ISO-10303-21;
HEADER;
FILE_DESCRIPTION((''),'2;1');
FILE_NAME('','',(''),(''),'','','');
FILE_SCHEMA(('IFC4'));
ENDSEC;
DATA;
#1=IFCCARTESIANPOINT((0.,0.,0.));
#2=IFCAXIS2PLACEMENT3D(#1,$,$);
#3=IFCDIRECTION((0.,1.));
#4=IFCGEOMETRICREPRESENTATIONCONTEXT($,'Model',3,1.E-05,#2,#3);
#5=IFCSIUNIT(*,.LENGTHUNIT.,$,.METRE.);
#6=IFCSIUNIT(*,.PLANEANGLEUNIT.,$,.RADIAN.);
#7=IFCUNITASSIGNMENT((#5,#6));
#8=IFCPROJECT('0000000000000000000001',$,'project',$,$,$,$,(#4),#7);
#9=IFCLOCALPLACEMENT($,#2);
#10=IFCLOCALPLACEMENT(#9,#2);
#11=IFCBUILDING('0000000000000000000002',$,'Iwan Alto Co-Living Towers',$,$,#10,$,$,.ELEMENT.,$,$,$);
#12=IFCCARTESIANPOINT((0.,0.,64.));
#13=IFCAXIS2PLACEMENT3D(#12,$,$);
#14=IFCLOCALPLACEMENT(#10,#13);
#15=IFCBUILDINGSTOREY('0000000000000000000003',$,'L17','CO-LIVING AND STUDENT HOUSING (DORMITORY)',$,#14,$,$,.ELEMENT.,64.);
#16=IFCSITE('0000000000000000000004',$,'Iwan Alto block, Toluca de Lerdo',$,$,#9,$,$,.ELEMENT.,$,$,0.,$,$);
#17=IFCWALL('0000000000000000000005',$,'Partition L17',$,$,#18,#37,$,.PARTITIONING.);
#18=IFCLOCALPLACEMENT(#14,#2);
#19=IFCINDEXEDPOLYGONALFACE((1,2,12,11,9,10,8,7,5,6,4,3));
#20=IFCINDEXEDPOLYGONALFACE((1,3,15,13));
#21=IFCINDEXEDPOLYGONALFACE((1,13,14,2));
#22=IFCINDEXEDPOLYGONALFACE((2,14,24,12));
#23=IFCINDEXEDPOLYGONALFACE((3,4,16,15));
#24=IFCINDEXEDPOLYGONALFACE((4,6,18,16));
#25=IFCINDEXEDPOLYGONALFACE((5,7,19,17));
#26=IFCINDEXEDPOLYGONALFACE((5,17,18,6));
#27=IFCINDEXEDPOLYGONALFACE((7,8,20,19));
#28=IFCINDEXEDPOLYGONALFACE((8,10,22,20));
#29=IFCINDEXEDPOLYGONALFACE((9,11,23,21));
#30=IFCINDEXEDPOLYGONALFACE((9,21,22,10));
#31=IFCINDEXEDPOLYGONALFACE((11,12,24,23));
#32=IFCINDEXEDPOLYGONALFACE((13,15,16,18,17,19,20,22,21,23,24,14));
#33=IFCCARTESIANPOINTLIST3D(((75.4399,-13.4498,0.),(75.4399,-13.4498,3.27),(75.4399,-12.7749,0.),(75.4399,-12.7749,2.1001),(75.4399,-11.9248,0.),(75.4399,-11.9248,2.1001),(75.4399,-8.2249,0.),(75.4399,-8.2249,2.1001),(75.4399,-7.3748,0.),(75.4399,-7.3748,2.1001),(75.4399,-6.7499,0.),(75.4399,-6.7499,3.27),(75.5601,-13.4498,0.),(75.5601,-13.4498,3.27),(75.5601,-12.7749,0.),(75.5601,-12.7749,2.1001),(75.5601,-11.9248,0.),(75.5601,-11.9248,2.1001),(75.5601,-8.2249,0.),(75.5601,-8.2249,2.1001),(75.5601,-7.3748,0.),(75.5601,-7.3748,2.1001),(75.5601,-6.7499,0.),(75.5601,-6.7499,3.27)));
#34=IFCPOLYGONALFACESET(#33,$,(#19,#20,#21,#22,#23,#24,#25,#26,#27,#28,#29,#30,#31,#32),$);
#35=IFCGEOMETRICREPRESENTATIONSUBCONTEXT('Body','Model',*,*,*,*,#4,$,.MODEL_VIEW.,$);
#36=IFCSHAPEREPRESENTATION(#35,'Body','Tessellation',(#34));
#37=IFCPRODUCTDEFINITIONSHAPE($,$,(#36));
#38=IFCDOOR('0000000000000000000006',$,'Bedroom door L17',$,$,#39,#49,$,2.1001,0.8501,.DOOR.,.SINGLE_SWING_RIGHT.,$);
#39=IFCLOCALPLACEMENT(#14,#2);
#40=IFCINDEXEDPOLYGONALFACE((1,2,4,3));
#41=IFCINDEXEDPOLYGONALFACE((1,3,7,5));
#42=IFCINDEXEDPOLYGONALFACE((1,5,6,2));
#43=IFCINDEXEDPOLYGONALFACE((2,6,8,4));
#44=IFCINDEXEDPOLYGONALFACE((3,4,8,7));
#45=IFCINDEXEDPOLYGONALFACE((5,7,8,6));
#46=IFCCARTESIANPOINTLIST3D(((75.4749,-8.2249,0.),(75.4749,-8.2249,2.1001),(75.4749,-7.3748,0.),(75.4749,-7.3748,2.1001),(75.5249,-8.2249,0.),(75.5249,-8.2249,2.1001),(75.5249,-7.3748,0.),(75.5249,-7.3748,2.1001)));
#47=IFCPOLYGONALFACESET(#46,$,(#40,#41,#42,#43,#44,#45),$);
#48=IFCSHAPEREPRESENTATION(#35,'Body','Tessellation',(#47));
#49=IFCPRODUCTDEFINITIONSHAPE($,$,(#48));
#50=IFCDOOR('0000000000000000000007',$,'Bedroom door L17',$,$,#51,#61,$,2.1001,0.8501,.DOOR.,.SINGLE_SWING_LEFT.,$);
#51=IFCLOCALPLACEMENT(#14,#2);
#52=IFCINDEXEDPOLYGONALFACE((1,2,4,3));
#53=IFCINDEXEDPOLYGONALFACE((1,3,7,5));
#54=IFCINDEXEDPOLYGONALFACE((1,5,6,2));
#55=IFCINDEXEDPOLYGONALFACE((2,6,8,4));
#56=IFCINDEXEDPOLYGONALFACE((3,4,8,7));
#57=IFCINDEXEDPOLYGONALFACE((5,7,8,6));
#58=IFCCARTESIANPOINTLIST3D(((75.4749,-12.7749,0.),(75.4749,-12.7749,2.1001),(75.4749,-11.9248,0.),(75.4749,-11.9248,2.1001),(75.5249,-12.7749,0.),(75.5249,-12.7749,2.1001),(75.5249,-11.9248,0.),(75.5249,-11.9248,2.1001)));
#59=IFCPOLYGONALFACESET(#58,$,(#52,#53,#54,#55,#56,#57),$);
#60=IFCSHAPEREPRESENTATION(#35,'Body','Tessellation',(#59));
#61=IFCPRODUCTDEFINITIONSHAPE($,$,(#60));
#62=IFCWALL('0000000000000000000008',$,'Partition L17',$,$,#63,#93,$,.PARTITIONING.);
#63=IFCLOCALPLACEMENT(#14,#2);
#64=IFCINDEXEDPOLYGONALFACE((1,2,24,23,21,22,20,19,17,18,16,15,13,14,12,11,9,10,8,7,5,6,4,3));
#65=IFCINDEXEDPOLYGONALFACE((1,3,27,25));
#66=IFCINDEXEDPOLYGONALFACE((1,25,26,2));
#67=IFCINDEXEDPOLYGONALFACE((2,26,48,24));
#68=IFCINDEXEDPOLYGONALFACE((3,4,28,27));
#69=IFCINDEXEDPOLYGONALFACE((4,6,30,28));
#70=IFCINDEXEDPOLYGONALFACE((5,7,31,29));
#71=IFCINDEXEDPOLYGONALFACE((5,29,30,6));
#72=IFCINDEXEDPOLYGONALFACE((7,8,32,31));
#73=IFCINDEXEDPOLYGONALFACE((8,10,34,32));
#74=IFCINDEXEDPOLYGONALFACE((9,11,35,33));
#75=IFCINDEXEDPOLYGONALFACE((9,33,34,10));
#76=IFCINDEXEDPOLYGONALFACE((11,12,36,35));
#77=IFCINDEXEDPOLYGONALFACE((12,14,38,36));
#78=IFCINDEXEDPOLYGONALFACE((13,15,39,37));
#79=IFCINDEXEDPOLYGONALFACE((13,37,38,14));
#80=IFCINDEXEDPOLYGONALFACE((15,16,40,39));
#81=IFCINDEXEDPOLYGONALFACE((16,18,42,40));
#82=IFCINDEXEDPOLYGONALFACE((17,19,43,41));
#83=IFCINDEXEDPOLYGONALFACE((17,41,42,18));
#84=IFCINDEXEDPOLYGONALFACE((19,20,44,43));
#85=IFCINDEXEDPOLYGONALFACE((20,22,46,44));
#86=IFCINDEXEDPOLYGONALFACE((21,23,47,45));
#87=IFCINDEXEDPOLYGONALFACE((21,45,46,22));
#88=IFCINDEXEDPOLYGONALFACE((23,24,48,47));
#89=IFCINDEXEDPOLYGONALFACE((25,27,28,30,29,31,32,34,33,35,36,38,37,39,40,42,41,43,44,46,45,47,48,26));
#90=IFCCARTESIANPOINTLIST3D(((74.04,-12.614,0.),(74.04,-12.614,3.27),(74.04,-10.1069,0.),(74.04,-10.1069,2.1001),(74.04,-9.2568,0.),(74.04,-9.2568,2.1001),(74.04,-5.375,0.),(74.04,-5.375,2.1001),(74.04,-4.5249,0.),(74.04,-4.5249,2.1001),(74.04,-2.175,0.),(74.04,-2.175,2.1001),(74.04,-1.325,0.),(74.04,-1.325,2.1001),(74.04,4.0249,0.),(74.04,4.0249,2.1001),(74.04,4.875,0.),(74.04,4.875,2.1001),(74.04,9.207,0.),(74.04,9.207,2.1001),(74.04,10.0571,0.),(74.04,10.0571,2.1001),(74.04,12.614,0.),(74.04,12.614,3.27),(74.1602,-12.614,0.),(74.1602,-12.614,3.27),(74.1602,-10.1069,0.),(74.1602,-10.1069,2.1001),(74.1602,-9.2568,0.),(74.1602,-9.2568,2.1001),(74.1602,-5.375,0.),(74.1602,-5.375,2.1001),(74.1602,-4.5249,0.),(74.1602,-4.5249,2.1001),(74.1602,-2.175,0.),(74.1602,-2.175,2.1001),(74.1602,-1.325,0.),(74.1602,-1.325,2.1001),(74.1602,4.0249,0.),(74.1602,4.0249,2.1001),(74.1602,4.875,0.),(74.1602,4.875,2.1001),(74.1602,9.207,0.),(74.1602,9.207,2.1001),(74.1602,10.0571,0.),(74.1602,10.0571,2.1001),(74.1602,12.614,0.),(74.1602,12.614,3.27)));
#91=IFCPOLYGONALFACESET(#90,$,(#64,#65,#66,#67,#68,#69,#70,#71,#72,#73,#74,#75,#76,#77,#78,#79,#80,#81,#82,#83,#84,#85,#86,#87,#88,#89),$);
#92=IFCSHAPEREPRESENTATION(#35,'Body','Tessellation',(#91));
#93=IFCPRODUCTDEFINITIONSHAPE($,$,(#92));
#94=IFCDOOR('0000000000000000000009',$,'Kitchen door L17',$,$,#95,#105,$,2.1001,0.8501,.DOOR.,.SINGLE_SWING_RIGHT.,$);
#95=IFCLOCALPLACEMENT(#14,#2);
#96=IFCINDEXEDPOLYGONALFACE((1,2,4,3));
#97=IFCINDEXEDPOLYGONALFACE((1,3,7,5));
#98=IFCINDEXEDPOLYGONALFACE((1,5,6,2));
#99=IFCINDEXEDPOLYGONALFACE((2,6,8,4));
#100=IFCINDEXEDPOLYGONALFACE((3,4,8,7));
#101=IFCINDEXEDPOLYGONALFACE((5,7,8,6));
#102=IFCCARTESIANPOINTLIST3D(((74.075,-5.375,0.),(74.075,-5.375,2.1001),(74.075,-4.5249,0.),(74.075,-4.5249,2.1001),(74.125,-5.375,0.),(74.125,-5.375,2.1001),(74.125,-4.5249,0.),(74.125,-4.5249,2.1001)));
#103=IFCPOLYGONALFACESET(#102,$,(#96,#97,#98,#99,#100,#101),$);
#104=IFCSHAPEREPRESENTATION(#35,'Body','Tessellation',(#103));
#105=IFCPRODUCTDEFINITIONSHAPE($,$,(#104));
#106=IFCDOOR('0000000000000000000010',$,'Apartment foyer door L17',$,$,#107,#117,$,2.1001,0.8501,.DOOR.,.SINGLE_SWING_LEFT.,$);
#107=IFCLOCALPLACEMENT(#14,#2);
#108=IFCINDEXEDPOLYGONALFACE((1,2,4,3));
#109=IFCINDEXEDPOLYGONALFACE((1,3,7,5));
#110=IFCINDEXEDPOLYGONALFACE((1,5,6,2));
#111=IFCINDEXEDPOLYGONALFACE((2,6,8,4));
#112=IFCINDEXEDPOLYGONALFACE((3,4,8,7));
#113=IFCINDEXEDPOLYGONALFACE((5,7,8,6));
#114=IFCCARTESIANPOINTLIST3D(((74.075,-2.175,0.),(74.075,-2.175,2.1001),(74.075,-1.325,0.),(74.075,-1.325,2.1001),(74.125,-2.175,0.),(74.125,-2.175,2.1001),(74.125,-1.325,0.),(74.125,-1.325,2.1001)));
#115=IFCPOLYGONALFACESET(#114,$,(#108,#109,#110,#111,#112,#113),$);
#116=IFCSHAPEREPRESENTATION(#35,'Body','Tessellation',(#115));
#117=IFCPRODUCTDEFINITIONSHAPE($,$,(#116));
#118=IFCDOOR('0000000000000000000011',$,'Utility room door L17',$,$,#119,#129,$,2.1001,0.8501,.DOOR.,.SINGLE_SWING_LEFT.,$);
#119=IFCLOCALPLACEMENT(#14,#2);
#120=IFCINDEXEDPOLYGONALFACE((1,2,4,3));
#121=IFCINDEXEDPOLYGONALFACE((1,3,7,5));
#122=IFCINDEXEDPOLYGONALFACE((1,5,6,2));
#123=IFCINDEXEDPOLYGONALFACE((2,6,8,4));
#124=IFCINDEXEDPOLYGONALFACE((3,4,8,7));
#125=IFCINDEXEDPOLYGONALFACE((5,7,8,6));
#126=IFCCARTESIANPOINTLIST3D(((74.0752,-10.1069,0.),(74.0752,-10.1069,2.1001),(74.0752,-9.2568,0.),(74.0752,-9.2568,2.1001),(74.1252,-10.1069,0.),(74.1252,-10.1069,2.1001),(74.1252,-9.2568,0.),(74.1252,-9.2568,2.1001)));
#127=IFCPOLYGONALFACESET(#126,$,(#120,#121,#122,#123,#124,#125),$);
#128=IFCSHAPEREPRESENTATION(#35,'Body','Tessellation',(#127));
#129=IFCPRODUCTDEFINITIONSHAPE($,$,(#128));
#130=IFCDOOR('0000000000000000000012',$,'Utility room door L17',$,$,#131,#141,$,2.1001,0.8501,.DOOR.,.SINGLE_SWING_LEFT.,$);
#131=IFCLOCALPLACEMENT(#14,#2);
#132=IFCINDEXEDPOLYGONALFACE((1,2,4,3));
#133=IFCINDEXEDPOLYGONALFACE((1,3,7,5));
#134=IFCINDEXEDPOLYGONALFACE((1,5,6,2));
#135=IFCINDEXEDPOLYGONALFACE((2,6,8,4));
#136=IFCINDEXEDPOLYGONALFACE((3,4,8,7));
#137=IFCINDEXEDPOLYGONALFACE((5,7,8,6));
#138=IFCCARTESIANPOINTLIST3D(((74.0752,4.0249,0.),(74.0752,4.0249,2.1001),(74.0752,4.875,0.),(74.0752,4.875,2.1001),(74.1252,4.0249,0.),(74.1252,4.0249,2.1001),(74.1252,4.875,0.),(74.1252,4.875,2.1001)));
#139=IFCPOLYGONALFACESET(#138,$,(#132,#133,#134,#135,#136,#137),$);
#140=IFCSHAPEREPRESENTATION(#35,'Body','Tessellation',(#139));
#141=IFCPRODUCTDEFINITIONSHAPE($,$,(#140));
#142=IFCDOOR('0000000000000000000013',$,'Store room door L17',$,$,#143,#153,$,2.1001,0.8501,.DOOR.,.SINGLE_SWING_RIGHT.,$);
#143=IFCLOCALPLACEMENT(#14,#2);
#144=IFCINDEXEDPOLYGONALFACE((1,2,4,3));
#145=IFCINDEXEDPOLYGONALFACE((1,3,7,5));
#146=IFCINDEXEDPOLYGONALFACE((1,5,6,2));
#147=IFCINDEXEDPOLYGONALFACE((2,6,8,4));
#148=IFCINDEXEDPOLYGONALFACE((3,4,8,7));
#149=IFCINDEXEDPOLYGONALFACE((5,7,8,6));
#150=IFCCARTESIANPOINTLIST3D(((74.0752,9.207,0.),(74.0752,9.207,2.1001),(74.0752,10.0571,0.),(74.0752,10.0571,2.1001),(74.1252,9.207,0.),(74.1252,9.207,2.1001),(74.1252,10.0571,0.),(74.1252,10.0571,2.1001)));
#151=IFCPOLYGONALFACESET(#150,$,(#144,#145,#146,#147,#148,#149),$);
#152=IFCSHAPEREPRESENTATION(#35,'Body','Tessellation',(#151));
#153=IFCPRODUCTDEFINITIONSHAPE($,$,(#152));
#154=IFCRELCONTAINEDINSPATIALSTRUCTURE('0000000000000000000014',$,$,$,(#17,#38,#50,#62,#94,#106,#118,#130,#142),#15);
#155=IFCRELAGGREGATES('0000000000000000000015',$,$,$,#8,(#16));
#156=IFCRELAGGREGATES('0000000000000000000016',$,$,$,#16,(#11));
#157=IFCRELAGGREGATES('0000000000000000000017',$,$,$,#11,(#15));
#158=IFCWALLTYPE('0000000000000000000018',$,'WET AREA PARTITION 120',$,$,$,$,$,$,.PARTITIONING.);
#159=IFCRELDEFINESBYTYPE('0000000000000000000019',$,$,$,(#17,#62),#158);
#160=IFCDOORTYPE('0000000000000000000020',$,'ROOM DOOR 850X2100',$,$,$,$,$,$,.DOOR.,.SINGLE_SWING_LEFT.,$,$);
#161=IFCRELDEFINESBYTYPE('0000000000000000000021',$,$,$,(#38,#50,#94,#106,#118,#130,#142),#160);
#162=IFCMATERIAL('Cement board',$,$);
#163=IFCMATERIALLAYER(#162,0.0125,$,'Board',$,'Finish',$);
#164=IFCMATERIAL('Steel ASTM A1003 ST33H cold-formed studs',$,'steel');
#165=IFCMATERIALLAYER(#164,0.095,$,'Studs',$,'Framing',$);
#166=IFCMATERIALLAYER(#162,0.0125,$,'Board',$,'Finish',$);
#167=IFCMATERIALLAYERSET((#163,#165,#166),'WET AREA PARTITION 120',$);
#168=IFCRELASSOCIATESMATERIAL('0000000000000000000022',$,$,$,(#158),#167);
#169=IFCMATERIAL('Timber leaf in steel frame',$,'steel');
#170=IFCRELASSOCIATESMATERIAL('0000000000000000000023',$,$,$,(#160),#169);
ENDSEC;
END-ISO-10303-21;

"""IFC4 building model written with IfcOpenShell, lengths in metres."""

from ifc_helpers import new_model, si_unit, direction, frame, frame_2d, origin, place, context, subcontext, project, spatial, rectangle, extrude, material, layer, layer_set, type_object, element, fill, save


model = new_model("IFC4")

# Units and contexts
model_context = context("Model", 3, precision=1e-05, world=origin(), true_north=direction((0.0, 1.0)))
body_context = subcontext(model_context, "Body", "Model", "MODEL_VIEW")
ifc_project = project(units=[si_unit("LENGTHUNIT", "METRE"), si_unit("PLANEANGLEUNIT", "RADIAN")], contexts=[model_context])

# Site, building, storey
site_placement = place(None, origin())
site = spatial("IfcSite", under=ifc_project, at=site_placement, Name="Iwan Alto block, Toluca de Lerdo", CompositionType="ELEMENT", RefElevation=0.0)
building_placement = place(site_placement, origin())
building = spatial("IfcBuilding", under=site, at=building_placement, Name="Iwan Alto Co-Living Towers", CompositionType="ELEMENT")
storey_placement = place(building_placement, frame((0.0, 0.0, 64.0)))
storey = spatial("IfcBuildingStorey", under=building, at=storey_placement, Name="L17", Description="CO-LIVING AND STUDENT HOUSING (DORMITORY)", CompositionType="ELEMENT", Elevation=64.0)

# Shared definitions
ifc_material_1 = material(Name="Steel ASTM A1003 ST33H cold-formed studs", Category="steel")
ifc_material_2 = material(Name="Cement board")
ifc_layer_1 = layer(ifc_material_2, 0.0125, Name="Board", Category="Finish")
ifc_layer_2 = layer(ifc_material_1, 0.095, Name="Studs", Category="Framing")
ifc_layer_3 = layer(ifc_material_2, 0.0125, Name="Board", Category="Finish")
ifc_layer_set_1 = layer_set([ifc_layer_1, ifc_layer_2, ifc_layer_3], Name="WET AREA PARTITION 120")
wall_type_1 = type_object("IfcWallType", Name="WET AREA PARTITION 120", PredefinedType="PARTITIONING", material=ifc_layer_set_1)

# Walls, openings, doors
wall_1_placement = place(storey_placement, frame((75.5, -13.45, 0.0), z_axis=(0.0, 0.0, 1.0), x_axis=(0.0, 1.0, 0.0)))
wall_1 = element("IfcWall", 1, at=wall_1_placement, inside=storey, type_object=wall_type_1, Name="Partition L17", PredefinedType="PARTITIONING", context=body_context, shape_type="SweptSolid", body=[
    extrude(rectangle(XDim=6.7, YDim=0.1201, at=frame_2d((3.3501, 0.0))), origin(), (0.0, 0.0, 1.0), 3.27),
])
opening_1_placement = place(wall_1_placement, frame((5.2251, 0.0, 0.0)))
opening_1 = element("IfcOpeningElement", 2, at=opening_1_placement, cuts=wall_1, PredefinedType="OPENING", context=body_context, shape_type="SweptSolid", body=[
    extrude(rectangle(XDim=0.8501, YDim=2.1001, at=frame_2d((0.425, 1.05))), frame((0.0, 0.0701, 0.0), z_axis=(0.0, -1.0, 0.0), x_axis=(1.0, 0.0, 0.0)), (0.0, 0.0, 1.0), 0.1401),
])
opening_2_placement = place(wall_1_placement, frame((0.675, 0.0, 0.0)))
opening_2 = element("IfcOpeningElement", 3, at=opening_2_placement, cuts=wall_1, PredefinedType="OPENING", context=body_context, shape_type="SweptSolid", body=[
    extrude(rectangle(XDim=0.8501, YDim=2.1001, at=frame_2d((0.425, 1.05))), frame((0.0, 0.0701, 0.0), z_axis=(0.0, -1.0, 0.0), x_axis=(1.0, 0.0, 0.0)), (0.0, 0.0, 1.0), 0.1401),
])
ifc_material_3 = material(Name="Timber leaf in steel frame", Category="steel")
door_type = type_object("IfcDoorType", Name="ROOM DOOR 850X2100", OperationType="SINGLE_SWING_LEFT", PredefinedType="DOOR", material=ifc_material_3)
door_1_placement = place(opening_1_placement, frame((0.8501, 0.0, 0.0), z_axis=(0.0, 0.0, 1.0), x_axis=(-1.0, 0.0, 0.0)))
door_1 = element("IfcDoor", 4, at=door_1_placement, inside=storey, type_object=door_type, Name="Bedroom door L17", OperationType="SINGLE_SWING_RIGHT", OverallHeight=2.1001, OverallWidth=0.8501, PredefinedType="DOOR", context=body_context, shape_type="SweptSolid", body=[
    extrude(rectangle(XDim=0.8501, YDim=2.1001, at=frame_2d((0.425, 1.05))), frame((0.0, 0.0249, 0.0), z_axis=(0.0, -1.0, 0.0), x_axis=(1.0, 0.0, 0.0)), (0.0, 0.0, 1.0), 0.05),
])
fill(opening_1, door_1)
door_2_placement = place(opening_2_placement, frame((0.8501, 0.0, 0.0), z_axis=(0.0, 0.0, 1.0), x_axis=(-1.0, 0.0, 0.0)))
door_2 = element("IfcDoor", 5, at=door_2_placement, inside=storey, type_object=door_type, Name="Bedroom door L17", OperationType="SINGLE_SWING_LEFT", OverallHeight=2.1001, OverallWidth=0.8501, PredefinedType="DOOR", context=body_context, shape_type="SweptSolid", body=[
    extrude(rectangle(XDim=0.8501, YDim=2.1001, at=frame_2d((0.425, 1.05))), frame((0.0, 0.0249, 0.0), z_axis=(0.0, -1.0, 0.0), x_axis=(1.0, 0.0, 0.0)), (0.0, 0.0, 1.0), 0.05),
])
fill(opening_2, door_2)
wall_2_placement = place(storey_placement, frame((74.1001, -12.614, 0.0), z_axis=(0.0, 0.0, 1.0), x_axis=(0.0, 1.0, 0.0)))
wall_2 = element("IfcWall", 6, at=wall_2_placement, inside=storey, type_object=wall_type_1, Name="Partition L17", PredefinedType="PARTITIONING", context=body_context, shape_type="SweptSolid", body=[
    extrude(rectangle(XDim=25.228, YDim=0.1201, at=frame_2d((12.614, 0.0))), origin(), (0.0, 0.0, 1.0), 3.27),
])
opening_3_placement = place(wall_2_placement, frame((7.239, 0.0, 0.0)))
opening_3 = element("IfcOpeningElement", 7, at=opening_3_placement, cuts=wall_2, PredefinedType="OPENING", context=body_context, shape_type="SweptSolid", body=[
    extrude(rectangle(XDim=0.8501, YDim=2.1001, at=frame_2d((0.425, 1.05))), frame((0.0, 0.0701, 0.0), z_axis=(0.0, -1.0, 0.0), x_axis=(1.0, 0.0, 0.0)), (0.0, 0.0, 1.0), 0.1401),
])
opening_4_placement = place(wall_2_placement, frame((10.439, 0.0, 0.0)))
opening_4 = element("IfcOpeningElement", 8, at=opening_4_placement, cuts=wall_2, PredefinedType="OPENING", context=body_context, shape_type="SweptSolid", body=[
    extrude(rectangle(XDim=0.8501, YDim=2.1001, at=frame_2d((0.425, 1.05))), frame((0.0, 0.0701, 0.0), z_axis=(0.0, -1.0, 0.0), x_axis=(1.0, 0.0, 0.0)), (0.0, 0.0, 1.0), 0.1401),
])
opening_5_placement = place(wall_2_placement, frame((2.5071, 0.0, 0.0)))
opening_5 = element("IfcOpeningElement", 9, at=opening_5_placement, cuts=wall_2, PredefinedType="OPENING", context=body_context, shape_type="SweptSolid", body=[
    extrude(rectangle(XDim=0.8501, YDim=2.1001, at=frame_2d((0.425, 1.05))), frame((0.0, 0.0701, 0.0), z_axis=(0.0, -1.0, 0.0), x_axis=(1.0, 0.0, 0.0)), (0.0, 0.0, 1.0), 0.1401),
])
opening_6_placement = place(wall_2_placement, frame((16.6389, 0.0, 0.0)))
opening_6 = element("IfcOpeningElement", 10, at=opening_6_placement, cuts=wall_2, PredefinedType="OPENING", context=body_context, shape_type="SweptSolid", body=[
    extrude(rectangle(XDim=0.8501, YDim=2.1001, at=frame_2d((0.425, 1.05))), frame((0.0, 0.0701, 0.0), z_axis=(0.0, -1.0, 0.0), x_axis=(1.0, 0.0, 0.0)), (0.0, 0.0, 1.0), 0.1401),
])
opening_7_placement = place(wall_2_placement, frame((21.821, 0.0, 0.0)))
opening_7 = element("IfcOpeningElement", 11, at=opening_7_placement, cuts=wall_2, PredefinedType="OPENING", context=body_context, shape_type="SweptSolid", body=[
    extrude(rectangle(XDim=0.8501, YDim=2.1001, at=frame_2d((0.425, 1.05))), frame((0.0, 0.0701, 0.0), z_axis=(0.0, -1.0, 0.0), x_axis=(1.0, 0.0, 0.0)), (0.0, 0.0, 1.0), 0.1401),
])
door_3_placement = place(opening_3_placement, frame((0.8501, 0.0, 0.0), z_axis=(0.0, 0.0, 1.0), x_axis=(-1.0, 0.0, 0.0)))
door_3 = element("IfcDoor", 12, at=door_3_placement, inside=storey, type_object=door_type, Name="Kitchen door L17", OperationType="SINGLE_SWING_RIGHT", OverallHeight=2.1001, OverallWidth=0.8501, PredefinedType="DOOR", context=body_context, shape_type="SweptSolid", body=[
    extrude(rectangle(XDim=0.8501, YDim=2.1001, at=frame_2d((0.425, 1.05))), frame((0.0, 0.0249, 0.0), z_axis=(0.0, -1.0, 0.0), x_axis=(1.0, 0.0, 0.0)), (0.0, 0.0, 1.0), 0.05),
])
fill(opening_3, door_3)
door_4_placement = place(opening_4_placement, frame((0.8501, 0.0, 0.0), z_axis=(0.0, 0.0, 1.0), x_axis=(-1.0, 0.0, 0.0)))
door_4 = element("IfcDoor", 13, at=door_4_placement, inside=storey, type_object=door_type, Name="Apartment foyer door L17", OperationType="SINGLE_SWING_LEFT", OverallHeight=2.1001, OverallWidth=0.8501, PredefinedType="DOOR", context=body_context, shape_type="SweptSolid", body=[
    extrude(rectangle(XDim=0.8501, YDim=2.1001, at=frame_2d((0.425, 1.05))), frame((0.0, 0.0249, 0.0), z_axis=(0.0, -1.0, 0.0), x_axis=(1.0, 0.0, 0.0)), (0.0, 0.0, 1.0), 0.05),
])
fill(opening_4, door_4)
door_5_placement = place(opening_5_placement, origin())
door_5 = element("IfcDoor", 14, at=door_5_placement, inside=storey, type_object=door_type, Name="Utility room door L17", OperationType="SINGLE_SWING_LEFT", OverallHeight=2.1001, OverallWidth=0.8501, PredefinedType="DOOR", context=body_context, shape_type="SweptSolid", body=[
    extrude(rectangle(XDim=0.8501, YDim=2.1001, at=frame_2d((0.425, 1.05))), frame((0.0, 0.0249, 0.0), z_axis=(0.0, -1.0, 0.0), x_axis=(1.0, 0.0, 0.0)), (0.0, 0.0, 1.0), 0.05),
])
fill(opening_5, door_5)
door_6_placement = place(opening_6_placement, origin())
door_6 = element("IfcDoor", 15, at=door_6_placement, inside=storey, type_object=door_type, Name="Utility room door L17", OperationType="SINGLE_SWING_LEFT", OverallHeight=2.1001, OverallWidth=0.8501, PredefinedType="DOOR", context=body_context, shape_type="SweptSolid", body=[
    extrude(rectangle(XDim=0.8501, YDim=2.1001, at=frame_2d((0.425, 1.05))), frame((0.0, 0.0249, 0.0), z_axis=(0.0, -1.0, 0.0), x_axis=(1.0, 0.0, 0.0)), (0.0, 0.0, 1.0), 0.05),
])
fill(opening_6, door_6)
door_7_placement = place(opening_7_placement, origin())
door_7 = element("IfcDoor", 16, at=door_7_placement, inside=storey, type_object=door_type, Name="Store room door L17", OperationType="SINGLE_SWING_RIGHT", OverallHeight=2.1001, OverallWidth=0.8501, PredefinedType="DOOR", context=body_context, shape_type="SweptSolid", body=[
    extrude(rectangle(XDim=0.8501, YDim=2.1001, at=frame_2d((0.425, 1.05))), frame((0.0, 0.0249, 0.0), z_axis=(0.0, -1.0, 0.0), x_axis=(1.0, 0.0, 0.0)), (0.0, 0.0, 1.0), 0.05),
])
fill(opening_7, door_7)

save(model, "model.ifc")
